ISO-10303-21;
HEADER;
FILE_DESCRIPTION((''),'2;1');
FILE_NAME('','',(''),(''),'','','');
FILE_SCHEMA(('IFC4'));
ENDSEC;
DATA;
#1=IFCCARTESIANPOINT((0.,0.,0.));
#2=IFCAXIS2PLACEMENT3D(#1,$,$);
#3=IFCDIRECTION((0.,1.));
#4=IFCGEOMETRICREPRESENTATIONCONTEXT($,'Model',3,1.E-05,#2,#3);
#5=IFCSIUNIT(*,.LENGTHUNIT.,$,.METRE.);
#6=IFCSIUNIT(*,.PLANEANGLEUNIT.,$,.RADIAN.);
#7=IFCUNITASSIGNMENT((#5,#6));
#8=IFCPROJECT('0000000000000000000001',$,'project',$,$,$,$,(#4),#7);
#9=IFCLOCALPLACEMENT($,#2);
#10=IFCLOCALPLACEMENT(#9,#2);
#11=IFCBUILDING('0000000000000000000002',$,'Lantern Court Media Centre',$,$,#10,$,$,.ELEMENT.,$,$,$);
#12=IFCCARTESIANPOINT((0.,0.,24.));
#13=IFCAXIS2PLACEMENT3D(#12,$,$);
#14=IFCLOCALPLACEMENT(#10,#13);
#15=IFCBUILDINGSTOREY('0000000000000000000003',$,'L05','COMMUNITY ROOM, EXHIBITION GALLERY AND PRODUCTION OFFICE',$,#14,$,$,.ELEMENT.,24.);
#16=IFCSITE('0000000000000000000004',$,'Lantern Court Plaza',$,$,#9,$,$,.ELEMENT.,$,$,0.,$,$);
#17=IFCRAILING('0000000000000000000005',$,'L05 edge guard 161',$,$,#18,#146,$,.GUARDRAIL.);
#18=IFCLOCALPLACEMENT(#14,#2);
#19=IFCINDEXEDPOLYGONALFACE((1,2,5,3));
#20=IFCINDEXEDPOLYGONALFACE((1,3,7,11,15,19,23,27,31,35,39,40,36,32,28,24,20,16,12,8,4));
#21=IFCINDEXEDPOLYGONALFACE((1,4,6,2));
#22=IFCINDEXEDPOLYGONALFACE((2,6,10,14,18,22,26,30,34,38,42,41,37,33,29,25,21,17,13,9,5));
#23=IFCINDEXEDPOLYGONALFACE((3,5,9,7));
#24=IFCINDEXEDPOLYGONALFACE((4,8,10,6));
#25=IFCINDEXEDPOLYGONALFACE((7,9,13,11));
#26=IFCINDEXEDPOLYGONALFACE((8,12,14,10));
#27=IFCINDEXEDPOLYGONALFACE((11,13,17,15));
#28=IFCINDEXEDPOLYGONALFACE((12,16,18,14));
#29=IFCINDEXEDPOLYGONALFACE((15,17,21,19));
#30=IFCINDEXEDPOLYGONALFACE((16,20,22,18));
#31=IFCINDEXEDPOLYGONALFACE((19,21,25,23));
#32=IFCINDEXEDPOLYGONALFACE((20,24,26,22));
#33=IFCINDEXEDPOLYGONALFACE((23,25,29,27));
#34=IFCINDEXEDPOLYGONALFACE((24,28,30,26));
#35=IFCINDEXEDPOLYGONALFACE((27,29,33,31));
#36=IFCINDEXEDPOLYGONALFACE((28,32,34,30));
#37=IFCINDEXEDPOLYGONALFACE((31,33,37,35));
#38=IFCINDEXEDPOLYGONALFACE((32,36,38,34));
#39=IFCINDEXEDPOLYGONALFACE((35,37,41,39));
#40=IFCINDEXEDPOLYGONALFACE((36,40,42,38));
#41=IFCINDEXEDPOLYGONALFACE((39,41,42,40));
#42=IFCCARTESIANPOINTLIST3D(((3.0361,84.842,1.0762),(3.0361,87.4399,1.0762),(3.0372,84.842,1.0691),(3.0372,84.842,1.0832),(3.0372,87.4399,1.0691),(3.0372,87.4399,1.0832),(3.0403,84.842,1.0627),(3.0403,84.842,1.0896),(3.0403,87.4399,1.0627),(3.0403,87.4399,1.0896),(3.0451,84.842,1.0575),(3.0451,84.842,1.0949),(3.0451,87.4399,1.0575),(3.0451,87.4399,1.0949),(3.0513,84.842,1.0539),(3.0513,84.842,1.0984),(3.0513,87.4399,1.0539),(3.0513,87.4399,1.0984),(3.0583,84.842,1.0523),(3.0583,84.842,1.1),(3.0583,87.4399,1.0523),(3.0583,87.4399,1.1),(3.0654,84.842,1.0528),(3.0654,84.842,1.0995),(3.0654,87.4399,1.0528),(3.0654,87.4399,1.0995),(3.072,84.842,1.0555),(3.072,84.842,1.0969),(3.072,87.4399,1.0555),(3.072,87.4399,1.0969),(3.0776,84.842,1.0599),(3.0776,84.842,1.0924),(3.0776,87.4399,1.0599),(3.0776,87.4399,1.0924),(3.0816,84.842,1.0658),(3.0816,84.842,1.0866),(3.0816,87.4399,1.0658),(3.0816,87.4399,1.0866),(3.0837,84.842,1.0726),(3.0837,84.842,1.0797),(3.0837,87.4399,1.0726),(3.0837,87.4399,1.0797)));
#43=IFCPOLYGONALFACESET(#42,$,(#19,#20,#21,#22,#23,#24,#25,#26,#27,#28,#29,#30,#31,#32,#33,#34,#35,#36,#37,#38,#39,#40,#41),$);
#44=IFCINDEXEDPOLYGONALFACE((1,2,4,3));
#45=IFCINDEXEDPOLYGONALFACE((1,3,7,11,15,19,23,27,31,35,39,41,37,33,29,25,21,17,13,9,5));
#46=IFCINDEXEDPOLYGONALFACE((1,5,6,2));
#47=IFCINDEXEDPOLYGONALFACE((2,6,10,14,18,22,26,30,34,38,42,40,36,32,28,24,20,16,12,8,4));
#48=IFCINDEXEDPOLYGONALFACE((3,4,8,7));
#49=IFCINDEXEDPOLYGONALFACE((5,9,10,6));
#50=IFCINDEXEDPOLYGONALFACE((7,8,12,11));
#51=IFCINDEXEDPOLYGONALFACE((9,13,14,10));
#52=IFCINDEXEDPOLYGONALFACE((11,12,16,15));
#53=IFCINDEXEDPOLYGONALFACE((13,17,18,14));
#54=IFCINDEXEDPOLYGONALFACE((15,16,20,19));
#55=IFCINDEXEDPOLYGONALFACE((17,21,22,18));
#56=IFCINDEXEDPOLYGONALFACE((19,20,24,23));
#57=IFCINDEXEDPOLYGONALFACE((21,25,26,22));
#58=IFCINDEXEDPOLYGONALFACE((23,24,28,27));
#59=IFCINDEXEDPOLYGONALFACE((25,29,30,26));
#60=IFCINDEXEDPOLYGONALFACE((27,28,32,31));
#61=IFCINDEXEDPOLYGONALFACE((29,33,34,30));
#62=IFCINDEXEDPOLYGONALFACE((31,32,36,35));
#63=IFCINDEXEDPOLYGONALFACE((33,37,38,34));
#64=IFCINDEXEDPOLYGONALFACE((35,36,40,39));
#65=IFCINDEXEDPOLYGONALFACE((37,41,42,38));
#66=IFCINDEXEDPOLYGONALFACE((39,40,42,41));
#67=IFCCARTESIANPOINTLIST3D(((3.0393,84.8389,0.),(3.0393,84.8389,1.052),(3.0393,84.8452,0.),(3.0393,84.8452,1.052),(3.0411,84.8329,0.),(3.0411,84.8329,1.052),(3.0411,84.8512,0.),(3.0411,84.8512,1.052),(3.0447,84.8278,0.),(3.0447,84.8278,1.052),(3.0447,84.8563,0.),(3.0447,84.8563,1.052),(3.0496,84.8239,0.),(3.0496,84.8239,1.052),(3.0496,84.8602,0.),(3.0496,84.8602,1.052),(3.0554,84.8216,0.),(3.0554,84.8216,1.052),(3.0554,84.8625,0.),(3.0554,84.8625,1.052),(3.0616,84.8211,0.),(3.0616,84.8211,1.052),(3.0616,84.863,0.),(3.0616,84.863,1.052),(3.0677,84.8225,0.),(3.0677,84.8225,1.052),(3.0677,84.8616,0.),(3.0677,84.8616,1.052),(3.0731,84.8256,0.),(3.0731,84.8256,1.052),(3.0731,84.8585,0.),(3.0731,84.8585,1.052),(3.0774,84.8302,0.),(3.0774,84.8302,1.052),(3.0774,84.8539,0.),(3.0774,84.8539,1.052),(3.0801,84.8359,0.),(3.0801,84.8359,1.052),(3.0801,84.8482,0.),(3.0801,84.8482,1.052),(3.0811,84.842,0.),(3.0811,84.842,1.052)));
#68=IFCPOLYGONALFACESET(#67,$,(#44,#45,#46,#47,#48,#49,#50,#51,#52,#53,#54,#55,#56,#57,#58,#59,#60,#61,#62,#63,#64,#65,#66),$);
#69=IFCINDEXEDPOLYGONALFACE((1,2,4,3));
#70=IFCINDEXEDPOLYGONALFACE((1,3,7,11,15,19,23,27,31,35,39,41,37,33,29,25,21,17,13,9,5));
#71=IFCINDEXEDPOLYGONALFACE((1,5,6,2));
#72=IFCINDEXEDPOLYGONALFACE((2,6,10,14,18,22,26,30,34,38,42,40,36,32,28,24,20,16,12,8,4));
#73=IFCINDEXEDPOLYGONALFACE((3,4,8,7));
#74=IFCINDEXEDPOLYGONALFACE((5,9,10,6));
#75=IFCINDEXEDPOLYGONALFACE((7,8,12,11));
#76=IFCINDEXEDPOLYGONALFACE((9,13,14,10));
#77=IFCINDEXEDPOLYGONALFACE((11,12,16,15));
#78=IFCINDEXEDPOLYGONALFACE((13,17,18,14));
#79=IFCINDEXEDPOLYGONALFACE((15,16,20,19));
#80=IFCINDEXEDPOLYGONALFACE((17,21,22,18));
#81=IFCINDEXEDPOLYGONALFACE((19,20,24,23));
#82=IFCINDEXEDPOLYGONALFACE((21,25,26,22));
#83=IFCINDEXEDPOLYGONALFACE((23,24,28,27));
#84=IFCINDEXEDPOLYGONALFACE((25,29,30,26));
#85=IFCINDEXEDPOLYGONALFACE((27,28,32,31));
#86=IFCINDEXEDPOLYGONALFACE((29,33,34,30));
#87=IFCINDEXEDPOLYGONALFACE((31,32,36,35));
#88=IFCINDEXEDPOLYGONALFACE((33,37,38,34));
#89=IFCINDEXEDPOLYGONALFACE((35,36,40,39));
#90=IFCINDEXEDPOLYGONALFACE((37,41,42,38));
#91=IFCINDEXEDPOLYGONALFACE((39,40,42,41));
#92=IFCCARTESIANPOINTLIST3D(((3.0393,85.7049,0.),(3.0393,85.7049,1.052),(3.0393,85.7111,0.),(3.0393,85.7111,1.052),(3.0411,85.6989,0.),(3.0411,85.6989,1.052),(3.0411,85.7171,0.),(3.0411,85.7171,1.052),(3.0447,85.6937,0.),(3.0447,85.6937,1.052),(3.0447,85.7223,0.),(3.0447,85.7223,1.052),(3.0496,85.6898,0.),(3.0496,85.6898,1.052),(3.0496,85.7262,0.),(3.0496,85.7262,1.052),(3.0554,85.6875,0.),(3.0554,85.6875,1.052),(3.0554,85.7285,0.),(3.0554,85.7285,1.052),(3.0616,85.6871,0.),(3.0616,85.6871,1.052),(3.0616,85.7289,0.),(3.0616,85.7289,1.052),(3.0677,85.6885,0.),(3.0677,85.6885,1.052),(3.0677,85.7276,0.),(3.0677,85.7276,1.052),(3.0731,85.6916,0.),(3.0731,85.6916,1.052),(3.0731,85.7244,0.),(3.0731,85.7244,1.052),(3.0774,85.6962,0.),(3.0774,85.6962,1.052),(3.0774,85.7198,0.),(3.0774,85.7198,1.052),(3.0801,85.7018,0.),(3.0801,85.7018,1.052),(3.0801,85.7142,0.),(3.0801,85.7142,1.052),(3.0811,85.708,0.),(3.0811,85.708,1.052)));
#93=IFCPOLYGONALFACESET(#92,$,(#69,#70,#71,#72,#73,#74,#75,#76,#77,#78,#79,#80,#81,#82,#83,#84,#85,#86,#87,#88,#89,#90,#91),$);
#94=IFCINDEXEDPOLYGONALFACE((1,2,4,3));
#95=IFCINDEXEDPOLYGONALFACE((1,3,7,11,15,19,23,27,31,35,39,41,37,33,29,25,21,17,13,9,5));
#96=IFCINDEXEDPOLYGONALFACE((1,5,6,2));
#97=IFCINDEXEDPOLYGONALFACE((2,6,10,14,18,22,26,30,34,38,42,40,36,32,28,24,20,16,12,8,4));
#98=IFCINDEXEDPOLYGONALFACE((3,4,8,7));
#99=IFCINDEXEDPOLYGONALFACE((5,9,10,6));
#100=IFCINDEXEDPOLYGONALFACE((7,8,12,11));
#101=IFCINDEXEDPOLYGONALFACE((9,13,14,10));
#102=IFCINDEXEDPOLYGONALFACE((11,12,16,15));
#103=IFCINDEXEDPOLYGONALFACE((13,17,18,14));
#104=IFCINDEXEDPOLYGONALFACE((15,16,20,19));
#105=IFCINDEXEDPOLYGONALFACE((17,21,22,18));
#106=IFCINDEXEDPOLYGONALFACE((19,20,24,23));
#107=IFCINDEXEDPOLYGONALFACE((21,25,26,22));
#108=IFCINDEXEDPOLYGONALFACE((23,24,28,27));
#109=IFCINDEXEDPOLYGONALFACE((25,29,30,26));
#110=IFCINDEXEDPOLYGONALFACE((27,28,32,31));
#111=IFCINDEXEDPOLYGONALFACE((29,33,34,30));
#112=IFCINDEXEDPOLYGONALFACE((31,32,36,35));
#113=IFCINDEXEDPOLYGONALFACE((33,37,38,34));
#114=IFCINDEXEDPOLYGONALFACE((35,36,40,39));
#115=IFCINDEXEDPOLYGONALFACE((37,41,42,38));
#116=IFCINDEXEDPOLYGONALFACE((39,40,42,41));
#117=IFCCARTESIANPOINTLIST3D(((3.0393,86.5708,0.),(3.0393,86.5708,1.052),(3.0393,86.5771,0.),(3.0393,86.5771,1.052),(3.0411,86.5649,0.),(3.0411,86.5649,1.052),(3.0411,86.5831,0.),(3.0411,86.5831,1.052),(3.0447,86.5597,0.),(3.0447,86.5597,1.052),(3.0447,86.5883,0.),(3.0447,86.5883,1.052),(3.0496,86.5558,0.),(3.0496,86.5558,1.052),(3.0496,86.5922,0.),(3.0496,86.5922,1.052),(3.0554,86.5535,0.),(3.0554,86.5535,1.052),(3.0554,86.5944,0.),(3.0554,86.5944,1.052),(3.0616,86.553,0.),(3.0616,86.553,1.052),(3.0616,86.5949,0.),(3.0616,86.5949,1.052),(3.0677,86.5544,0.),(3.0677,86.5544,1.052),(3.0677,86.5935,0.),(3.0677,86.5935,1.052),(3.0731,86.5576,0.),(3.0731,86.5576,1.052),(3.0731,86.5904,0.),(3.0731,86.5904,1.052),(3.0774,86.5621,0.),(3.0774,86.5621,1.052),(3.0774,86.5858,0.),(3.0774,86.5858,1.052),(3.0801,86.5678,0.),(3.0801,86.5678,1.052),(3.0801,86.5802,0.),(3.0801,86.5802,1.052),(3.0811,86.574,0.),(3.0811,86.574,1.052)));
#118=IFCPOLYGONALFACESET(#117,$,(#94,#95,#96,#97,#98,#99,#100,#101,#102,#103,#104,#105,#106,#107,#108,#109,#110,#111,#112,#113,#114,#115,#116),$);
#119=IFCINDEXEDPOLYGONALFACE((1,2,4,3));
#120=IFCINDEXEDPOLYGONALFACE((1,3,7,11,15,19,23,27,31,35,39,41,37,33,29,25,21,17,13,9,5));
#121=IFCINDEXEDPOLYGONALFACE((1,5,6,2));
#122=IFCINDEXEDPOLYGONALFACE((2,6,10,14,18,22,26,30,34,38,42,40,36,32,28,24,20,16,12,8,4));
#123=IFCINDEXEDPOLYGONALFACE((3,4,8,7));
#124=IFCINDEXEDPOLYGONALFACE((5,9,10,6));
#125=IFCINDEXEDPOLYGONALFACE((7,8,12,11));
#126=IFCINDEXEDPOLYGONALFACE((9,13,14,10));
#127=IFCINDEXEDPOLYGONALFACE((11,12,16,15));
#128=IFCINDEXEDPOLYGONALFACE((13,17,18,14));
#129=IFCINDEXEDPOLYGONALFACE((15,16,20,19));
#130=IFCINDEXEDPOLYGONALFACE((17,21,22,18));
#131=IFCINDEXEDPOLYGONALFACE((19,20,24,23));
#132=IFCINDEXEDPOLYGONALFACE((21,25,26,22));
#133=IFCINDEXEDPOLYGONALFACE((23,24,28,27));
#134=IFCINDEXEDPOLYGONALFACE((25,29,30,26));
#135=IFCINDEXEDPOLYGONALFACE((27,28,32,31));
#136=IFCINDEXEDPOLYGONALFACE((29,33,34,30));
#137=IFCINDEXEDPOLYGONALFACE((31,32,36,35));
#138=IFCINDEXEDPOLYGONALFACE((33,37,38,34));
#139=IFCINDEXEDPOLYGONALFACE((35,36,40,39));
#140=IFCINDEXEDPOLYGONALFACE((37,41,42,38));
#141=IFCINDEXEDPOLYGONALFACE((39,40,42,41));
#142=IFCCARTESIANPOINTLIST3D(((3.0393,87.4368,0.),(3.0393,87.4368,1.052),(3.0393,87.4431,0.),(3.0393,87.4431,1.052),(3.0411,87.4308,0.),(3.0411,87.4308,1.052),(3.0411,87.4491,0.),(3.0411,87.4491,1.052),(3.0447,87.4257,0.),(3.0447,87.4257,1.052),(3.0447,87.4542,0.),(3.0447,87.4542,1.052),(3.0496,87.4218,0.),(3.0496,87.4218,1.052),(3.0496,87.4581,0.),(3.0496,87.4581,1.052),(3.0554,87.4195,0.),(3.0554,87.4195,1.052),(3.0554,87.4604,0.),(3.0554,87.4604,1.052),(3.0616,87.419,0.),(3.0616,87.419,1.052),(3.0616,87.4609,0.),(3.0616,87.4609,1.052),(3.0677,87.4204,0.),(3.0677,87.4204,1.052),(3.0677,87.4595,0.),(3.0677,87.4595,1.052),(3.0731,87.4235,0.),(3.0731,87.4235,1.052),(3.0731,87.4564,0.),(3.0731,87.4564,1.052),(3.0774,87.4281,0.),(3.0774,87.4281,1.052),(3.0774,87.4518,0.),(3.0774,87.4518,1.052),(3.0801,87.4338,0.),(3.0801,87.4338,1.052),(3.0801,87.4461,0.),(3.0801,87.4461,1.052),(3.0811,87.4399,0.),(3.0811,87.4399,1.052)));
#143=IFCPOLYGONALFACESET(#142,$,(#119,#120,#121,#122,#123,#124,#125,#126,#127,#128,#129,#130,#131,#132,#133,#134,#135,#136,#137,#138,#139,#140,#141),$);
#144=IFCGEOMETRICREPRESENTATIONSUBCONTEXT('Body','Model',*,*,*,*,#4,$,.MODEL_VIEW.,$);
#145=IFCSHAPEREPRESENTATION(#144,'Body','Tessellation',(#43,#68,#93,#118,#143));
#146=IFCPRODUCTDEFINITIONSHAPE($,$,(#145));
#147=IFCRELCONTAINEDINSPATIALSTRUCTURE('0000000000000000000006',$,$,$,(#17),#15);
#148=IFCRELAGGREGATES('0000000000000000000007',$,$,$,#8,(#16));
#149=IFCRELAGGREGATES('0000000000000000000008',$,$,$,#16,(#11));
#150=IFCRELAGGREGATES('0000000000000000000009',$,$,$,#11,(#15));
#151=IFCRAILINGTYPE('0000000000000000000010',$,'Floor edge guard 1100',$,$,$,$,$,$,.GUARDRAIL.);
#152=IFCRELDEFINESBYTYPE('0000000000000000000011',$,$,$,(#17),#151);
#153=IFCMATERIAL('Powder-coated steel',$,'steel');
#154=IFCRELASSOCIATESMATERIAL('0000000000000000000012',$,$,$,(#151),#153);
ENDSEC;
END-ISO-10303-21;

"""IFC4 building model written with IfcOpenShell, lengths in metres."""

from ifc_helpers import new_model, si_unit, direction, frame, origin, origin_2d, place, context, subcontext, project, spatial, circle, extrude, material, type_object, element, save


model = new_model("IFC4")

# Units and contexts
model_context = context("Model", 3, precision=1e-05, world=origin(), true_north=direction((0.0, 1.0)))
body_context = subcontext(model_context, "Body", "Model", "MODEL_VIEW")
ifc_project = project(units=[si_unit("LENGTHUNIT", "METRE"), si_unit("PLANEANGLEUNIT", "RADIAN")], contexts=[model_context])

# Site, building, storey
site_placement = place(None, origin())
site = spatial("IfcSite", under=ifc_project, at=site_placement, Name="Lantern Court Plaza", CompositionType="ELEMENT", RefElevation=0.0)
building_placement = place(site_placement, origin())
building = spatial("IfcBuilding", under=site, at=building_placement, Name="Lantern Court Media Centre", CompositionType="ELEMENT")
storey_placement = place(building_placement, frame((0.0, 0.0, 24.0)))
storey = spatial("IfcBuildingStorey", under=building, at=storey_placement, Name="L05", Description="COMMUNITY ROOM, EXHIBITION GALLERY AND PRODUCTION OFFICE", CompositionType="ELEMENT", Elevation=24.0)

# Railing
ifc_material_1 = material(Name="Powder-coated steel", Category="steel")
railing_type = type_object("IfcRailingType", Name="Floor edge guard 1100", PredefinedType="GUARDRAIL", material=ifc_material_1)
for number, where, name in (
    (1, (3.0601, 84.842, 0.0), "L05 edge guard 161"),
):
    element("IfcRailing", number, at=place(storey_placement, frame(where)), inside=storey, type_object=railing_type, Name=name, PredefinedType="GUARDRAIL", context=body_context, shape_type="SweptSolid", body=[
        extrude(circle(Radius=0.0239, at=origin_2d()), frame((0.0, 0.0, 1.0762), z_axis=(0.0, 1.0, 0.0), x_axis=(-1.0, 0.0, 0.0)), (0.0, 0.0, 1.0), 2.5979),
        extrude(circle(Radius=0.021, at=origin_2d()), origin(), (0.0, 0.0, 1.0), 1.052),
        extrude(circle(Radius=0.021, at=origin_2d()), frame((0.0, 0.866, 0.0)), (0.0, 0.0, 1.0), 1.052),
        extrude(circle(Radius=0.021, at=origin_2d()), frame((0.0, 1.7319, 0.0)), (0.0, 0.0, 1.0), 1.052),
        extrude(circle(Radius=0.021, at=origin_2d()), frame((0.0, 2.5979, 0.0)), (0.0, 0.0, 1.0), 1.052),
    ])

save(model, "model.ifc")
